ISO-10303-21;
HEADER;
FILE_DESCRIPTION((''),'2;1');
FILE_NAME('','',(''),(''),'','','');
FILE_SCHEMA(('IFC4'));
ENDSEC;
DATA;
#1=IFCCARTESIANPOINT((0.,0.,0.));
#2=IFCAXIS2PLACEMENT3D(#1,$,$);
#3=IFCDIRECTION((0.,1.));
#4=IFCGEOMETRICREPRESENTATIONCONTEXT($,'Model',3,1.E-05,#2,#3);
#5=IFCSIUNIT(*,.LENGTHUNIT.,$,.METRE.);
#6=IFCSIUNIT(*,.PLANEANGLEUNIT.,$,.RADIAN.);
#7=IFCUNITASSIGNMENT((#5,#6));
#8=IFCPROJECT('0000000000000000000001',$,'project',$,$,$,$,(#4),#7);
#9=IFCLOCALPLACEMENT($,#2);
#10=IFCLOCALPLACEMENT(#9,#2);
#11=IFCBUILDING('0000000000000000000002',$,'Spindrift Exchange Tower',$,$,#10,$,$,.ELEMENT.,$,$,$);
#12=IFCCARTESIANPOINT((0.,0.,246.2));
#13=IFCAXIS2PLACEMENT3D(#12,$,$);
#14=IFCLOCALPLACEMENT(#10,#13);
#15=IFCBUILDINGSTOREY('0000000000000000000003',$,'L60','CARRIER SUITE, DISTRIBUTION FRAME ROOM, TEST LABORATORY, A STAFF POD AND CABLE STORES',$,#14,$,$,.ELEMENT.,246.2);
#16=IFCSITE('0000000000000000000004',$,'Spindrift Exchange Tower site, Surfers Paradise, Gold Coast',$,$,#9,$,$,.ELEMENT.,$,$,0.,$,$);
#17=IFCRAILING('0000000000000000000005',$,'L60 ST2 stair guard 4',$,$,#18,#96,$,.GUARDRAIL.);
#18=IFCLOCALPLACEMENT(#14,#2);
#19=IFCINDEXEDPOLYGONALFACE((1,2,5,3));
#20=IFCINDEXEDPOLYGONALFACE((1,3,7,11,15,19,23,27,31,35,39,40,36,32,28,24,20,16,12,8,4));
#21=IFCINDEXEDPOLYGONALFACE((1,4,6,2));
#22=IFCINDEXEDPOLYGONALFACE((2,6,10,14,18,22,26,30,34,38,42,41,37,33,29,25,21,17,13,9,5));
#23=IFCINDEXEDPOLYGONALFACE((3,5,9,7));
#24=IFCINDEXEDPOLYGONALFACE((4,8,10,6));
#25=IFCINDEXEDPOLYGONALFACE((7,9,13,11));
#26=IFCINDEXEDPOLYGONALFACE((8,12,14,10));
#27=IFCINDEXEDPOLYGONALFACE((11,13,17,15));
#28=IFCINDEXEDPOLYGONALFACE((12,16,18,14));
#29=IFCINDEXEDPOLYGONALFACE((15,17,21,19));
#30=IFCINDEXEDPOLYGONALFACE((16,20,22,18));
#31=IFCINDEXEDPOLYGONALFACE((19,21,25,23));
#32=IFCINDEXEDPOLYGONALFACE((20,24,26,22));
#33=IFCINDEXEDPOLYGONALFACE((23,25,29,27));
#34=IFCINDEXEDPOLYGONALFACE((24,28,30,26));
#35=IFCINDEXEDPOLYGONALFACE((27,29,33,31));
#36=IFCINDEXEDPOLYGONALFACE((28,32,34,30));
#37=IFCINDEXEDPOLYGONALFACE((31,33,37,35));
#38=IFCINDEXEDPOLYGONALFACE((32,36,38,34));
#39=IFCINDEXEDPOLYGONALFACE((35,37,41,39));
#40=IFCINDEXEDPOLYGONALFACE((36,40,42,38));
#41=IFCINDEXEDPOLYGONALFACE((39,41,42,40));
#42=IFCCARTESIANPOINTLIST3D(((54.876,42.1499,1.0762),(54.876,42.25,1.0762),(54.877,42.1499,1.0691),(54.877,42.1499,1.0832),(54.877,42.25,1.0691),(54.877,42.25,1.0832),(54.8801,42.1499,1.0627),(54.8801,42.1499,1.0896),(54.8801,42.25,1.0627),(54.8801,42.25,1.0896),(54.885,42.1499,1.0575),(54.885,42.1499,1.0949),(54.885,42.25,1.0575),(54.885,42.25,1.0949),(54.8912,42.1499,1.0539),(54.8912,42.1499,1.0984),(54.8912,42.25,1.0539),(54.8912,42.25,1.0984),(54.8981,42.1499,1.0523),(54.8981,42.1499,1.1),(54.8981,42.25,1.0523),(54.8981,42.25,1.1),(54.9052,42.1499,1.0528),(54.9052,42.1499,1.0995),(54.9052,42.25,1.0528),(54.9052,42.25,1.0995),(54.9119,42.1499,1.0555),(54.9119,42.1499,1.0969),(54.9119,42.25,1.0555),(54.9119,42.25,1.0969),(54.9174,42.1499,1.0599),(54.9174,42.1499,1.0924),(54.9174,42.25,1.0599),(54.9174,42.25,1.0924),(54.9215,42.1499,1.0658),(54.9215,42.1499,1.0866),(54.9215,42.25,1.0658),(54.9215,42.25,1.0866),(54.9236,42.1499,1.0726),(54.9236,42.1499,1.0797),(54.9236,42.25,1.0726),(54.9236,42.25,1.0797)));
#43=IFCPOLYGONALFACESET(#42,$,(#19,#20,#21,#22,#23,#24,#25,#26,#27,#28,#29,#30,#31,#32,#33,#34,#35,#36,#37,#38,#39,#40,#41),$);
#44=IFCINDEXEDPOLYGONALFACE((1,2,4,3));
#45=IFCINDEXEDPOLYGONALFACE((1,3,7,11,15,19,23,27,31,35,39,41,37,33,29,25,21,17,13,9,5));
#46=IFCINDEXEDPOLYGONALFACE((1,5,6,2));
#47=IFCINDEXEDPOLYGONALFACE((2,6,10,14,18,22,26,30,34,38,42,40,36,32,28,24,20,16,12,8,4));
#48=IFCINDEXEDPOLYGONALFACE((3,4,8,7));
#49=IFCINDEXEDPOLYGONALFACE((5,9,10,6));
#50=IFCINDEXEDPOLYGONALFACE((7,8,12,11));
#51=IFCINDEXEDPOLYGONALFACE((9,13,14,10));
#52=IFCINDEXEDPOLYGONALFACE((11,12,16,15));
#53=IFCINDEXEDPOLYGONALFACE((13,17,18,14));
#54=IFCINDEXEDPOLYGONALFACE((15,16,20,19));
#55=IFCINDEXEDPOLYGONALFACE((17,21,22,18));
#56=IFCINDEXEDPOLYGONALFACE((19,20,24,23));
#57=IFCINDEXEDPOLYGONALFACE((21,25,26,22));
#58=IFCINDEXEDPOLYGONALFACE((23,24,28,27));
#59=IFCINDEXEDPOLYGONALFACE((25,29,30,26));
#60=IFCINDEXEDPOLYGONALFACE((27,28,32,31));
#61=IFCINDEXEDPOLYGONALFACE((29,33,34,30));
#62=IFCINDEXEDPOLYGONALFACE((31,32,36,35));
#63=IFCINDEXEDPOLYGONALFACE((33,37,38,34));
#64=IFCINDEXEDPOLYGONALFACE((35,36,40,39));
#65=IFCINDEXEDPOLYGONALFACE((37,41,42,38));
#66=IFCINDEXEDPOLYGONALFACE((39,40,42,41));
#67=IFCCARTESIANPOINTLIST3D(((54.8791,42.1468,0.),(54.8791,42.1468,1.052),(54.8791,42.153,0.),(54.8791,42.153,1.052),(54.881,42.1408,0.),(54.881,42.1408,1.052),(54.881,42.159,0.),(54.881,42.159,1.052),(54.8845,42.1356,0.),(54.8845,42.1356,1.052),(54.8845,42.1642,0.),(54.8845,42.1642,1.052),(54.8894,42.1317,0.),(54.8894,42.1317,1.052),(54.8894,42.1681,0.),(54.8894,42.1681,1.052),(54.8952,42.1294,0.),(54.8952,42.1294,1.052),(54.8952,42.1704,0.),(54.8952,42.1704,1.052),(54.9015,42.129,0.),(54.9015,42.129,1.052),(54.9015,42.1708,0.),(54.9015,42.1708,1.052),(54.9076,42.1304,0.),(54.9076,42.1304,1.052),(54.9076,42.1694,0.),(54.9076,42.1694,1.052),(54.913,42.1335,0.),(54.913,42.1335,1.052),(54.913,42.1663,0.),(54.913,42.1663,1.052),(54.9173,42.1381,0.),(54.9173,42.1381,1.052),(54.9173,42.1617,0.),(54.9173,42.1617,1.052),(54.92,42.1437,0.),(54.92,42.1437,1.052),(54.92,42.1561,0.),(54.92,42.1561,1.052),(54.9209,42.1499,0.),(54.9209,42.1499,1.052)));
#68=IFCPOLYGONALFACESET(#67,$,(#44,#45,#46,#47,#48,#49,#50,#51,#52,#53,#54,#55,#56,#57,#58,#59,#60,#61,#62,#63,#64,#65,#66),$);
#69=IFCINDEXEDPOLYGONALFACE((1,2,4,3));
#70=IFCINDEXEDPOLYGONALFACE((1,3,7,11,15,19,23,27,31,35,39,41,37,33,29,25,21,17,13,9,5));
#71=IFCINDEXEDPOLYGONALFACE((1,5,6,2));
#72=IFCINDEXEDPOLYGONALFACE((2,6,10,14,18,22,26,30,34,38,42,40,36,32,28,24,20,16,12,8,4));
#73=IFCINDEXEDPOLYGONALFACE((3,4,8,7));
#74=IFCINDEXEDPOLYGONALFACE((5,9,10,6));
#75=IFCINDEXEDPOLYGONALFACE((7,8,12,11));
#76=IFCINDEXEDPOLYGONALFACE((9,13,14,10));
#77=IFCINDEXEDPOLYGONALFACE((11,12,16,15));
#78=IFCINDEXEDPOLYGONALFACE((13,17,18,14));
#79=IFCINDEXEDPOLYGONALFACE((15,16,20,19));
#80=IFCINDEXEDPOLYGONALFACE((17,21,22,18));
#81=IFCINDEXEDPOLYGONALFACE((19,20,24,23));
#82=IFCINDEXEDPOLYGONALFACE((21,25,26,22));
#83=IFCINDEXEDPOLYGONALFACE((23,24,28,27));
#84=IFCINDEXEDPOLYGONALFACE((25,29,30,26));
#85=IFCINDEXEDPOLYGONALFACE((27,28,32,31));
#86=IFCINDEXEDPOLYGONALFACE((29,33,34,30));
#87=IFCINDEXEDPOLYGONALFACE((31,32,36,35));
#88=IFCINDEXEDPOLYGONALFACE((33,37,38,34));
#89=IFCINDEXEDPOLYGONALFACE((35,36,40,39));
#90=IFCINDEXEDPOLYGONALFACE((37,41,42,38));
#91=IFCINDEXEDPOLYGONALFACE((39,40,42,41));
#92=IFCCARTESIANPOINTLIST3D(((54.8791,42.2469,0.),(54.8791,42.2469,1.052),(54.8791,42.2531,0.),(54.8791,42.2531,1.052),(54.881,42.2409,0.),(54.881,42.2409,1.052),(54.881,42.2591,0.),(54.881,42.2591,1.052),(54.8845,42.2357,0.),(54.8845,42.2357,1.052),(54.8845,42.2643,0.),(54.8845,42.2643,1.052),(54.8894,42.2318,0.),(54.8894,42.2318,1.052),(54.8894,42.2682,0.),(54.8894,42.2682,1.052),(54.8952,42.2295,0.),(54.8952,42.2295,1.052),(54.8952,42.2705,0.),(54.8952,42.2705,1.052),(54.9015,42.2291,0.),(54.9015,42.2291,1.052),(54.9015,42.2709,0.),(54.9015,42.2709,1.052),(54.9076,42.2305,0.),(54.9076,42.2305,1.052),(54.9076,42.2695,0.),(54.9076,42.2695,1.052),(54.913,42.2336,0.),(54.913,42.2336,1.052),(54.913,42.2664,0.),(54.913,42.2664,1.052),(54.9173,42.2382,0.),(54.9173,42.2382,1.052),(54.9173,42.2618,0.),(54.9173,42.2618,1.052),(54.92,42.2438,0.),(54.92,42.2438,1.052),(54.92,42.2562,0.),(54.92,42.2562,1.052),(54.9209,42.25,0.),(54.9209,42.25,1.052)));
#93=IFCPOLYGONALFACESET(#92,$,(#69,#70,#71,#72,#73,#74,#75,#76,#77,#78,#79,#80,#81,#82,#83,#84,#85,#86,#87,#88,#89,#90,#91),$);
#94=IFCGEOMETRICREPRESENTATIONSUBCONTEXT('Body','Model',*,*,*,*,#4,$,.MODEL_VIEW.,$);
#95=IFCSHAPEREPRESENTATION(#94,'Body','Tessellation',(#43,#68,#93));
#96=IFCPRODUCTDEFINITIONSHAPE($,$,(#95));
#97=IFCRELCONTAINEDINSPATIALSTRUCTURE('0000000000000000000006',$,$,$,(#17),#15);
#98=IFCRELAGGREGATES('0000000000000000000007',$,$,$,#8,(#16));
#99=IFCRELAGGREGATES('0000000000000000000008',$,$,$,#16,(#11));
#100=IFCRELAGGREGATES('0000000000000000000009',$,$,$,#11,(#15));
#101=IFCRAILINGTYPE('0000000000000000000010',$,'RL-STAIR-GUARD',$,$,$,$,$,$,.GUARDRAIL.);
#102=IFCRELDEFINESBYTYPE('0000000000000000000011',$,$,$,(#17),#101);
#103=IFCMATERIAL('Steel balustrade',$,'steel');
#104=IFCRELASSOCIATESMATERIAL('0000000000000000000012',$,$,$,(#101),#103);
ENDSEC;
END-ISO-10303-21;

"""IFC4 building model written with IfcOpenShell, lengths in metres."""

from ifc_helpers import new_model, si_unit, direction, frame, origin, origin_2d, place, context, subcontext, project, spatial, circle, extrude, material, type_object, element, save


model = new_model("IFC4")

# Units and contexts
model_context = context("Model", 3, precision=1e-05, world=origin(), true_north=direction((0.0, 1.0)))
body_context = subcontext(model_context, "Body", "Model", "MODEL_VIEW")
ifc_project = project(units=[si_unit("LENGTHUNIT", "METRE"), si_unit("PLANEANGLEUNIT", "RADIAN")], contexts=[model_context])

# Site, building, storey
site_placement = place(None, origin())
site = spatial("IfcSite", under=ifc_project, at=site_placement, Name="Spindrift Exchange Tower site, Surfers Paradise, Gold Coast", CompositionType="ELEMENT", RefElevation=0.0)
building_placement = place(site_placement, origin())
building = spatial("IfcBuilding", under=site, at=building_placement, Name="Spindrift Exchange Tower", CompositionType="ELEMENT")
storey_placement = place(building_placement, frame((0.0, 0.0, 246.2)))
storey = spatial("IfcBuildingStorey", under=building, at=storey_placement, Name="L60", Description="CARRIER SUITE, DISTRIBUTION FRAME ROOM, TEST LABORATORY, A STAFF POD AND CABLE STORES", CompositionType="ELEMENT", Elevation=246.2)

# Railing
ifc_material_1 = material(Name="Steel balustrade", Category="steel")
railing_type_1 = type_object("IfcRailingType", Name="RL-STAIR-GUARD", PredefinedType="GUARDRAIL", material=ifc_material_1)
railing_1_placement = place(storey_placement, frame((54.8999, 42.1499, 0.0)))
element("IfcRailing", 1, at=railing_1_placement, inside=storey, type_object=railing_type_1, Name="L60 ST2 stair guard 4", PredefinedType="GUARDRAIL", context=body_context, shape_type="SweptSolid", body=[
    extrude(circle(Radius=0.0239, at=origin_2d()), frame((0.0, 0.0, 1.0762), z_axis=(0.0, 1.0, 0.0), x_axis=(-1.0, 0.0, 0.0)), (0.0, 0.0, 1.0), 0.1001),
    extrude(circle(Radius=0.021, at=origin_2d()), origin(), (0.0, 0.0, 1.0), 1.052),
    extrude(circle(Radius=0.021, at=origin_2d()), frame((0.0, 0.1001, 0.0)), (0.0, 0.0, 1.0), 1.052),
])

save(model, "model.ifc")
